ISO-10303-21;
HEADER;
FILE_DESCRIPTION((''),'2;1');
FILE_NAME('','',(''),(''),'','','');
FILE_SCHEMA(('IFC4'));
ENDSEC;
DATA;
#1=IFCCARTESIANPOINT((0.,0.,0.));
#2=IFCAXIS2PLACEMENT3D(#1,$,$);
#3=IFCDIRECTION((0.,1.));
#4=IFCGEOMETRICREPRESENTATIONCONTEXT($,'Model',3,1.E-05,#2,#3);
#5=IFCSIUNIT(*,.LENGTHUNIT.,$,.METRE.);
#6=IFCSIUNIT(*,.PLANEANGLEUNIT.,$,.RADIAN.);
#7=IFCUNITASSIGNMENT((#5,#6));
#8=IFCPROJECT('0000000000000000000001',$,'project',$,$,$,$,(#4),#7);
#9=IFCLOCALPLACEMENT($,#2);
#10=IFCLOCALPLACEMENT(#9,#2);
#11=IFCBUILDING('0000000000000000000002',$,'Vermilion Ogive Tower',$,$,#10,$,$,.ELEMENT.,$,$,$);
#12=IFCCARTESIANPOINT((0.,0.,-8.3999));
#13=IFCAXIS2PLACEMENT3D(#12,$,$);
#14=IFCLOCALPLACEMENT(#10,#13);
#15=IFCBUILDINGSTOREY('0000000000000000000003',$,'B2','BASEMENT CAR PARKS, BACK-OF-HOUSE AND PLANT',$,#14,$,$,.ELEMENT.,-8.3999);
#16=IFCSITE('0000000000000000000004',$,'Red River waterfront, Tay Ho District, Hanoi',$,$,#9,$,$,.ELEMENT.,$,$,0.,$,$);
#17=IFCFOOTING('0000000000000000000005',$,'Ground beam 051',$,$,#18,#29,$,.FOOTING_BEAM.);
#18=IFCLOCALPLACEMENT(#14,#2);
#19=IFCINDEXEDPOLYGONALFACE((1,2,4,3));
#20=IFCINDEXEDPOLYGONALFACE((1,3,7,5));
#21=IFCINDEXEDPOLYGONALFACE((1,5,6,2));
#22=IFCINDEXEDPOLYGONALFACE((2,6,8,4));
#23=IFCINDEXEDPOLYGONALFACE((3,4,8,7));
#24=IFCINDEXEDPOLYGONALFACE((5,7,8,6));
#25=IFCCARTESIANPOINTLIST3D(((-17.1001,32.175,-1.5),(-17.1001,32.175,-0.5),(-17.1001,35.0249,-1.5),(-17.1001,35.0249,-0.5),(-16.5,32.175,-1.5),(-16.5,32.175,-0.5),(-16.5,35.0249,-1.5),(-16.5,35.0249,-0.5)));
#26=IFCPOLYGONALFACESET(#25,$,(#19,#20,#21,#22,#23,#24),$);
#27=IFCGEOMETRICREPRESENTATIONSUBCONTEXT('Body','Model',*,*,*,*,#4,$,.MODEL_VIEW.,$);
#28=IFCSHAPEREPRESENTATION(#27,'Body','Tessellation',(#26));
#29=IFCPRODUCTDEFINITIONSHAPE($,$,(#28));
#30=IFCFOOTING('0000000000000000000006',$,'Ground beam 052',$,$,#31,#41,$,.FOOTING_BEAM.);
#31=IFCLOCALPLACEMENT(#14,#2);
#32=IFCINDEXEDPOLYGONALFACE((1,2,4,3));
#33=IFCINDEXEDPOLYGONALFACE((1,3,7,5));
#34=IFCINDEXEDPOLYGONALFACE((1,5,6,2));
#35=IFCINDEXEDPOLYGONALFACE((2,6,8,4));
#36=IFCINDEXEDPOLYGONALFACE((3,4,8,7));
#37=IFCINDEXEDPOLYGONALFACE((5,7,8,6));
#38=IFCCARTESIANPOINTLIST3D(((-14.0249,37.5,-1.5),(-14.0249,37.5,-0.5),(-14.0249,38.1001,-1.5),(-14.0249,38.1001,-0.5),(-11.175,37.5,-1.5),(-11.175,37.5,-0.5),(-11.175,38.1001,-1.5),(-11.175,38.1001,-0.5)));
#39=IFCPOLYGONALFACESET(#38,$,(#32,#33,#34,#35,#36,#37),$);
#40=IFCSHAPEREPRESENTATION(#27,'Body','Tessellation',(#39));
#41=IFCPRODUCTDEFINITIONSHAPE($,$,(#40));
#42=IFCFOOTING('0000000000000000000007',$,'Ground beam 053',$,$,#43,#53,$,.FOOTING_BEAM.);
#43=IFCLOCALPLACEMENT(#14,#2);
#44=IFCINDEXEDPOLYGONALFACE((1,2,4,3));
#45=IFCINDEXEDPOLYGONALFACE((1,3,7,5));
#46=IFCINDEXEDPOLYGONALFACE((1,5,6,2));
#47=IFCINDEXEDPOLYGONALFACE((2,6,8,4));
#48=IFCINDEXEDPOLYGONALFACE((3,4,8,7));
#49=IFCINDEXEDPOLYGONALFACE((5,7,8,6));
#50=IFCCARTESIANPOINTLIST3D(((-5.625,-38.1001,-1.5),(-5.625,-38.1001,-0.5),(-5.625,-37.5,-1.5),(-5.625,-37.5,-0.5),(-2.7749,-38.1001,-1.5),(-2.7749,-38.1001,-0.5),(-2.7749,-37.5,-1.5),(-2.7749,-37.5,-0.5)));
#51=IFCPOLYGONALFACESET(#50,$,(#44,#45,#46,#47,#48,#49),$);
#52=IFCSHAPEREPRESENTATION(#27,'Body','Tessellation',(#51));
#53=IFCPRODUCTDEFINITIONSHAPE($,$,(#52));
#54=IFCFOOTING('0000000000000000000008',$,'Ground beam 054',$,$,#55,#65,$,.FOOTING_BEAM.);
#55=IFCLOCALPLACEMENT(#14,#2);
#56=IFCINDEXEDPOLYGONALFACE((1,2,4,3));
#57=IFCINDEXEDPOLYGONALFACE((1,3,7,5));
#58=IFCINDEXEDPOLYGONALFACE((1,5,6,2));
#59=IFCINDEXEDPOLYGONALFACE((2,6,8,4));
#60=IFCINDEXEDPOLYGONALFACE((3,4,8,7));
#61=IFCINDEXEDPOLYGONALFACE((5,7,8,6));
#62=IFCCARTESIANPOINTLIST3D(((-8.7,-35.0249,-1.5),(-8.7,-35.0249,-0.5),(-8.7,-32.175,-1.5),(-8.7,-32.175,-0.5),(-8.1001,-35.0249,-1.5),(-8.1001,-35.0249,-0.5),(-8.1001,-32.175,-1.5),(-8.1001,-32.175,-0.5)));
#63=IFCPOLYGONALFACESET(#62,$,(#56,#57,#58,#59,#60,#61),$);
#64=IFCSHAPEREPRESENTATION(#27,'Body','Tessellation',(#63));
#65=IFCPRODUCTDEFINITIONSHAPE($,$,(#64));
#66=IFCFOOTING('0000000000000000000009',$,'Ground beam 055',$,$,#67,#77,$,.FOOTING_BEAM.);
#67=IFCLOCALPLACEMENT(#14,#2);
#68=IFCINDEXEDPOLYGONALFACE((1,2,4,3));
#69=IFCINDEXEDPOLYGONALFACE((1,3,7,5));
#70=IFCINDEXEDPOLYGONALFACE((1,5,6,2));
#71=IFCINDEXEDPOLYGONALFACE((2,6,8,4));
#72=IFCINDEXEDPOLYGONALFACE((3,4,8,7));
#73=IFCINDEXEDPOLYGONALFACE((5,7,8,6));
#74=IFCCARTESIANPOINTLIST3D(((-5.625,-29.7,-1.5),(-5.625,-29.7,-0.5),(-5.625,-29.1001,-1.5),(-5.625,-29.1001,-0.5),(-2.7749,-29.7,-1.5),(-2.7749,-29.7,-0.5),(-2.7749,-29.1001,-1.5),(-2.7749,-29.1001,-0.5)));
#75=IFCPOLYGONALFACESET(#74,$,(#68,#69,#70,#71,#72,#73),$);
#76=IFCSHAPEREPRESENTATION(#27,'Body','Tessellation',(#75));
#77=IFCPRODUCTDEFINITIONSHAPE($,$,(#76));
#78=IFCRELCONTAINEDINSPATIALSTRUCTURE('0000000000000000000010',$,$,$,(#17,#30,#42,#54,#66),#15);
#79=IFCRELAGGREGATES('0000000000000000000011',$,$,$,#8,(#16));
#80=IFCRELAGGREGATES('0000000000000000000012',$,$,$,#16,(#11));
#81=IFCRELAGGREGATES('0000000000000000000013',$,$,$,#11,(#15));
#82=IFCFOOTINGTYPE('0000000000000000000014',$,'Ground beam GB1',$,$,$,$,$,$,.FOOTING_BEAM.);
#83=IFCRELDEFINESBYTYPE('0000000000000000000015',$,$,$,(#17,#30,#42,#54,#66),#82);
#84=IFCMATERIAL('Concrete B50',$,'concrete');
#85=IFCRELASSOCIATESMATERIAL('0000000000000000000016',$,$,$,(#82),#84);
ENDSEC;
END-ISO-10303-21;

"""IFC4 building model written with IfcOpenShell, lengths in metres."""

from ifc_helpers import new_model, si_unit, direction, frame, origin, place, context, subcontext, project, spatial, polyline, outline, extrude, material, type_object, element, save


model = new_model("IFC4")

# Units and contexts
model_context = context("Model", 3, precision=1e-05, world=origin(), true_north=direction((0.0, 1.0)))
body_context = subcontext(model_context, "Body", "Model", "MODEL_VIEW")
ifc_project = project(units=[si_unit("LENGTHUNIT", "METRE"), si_unit("PLANEANGLEUNIT", "RADIAN")], contexts=[model_context])

# Site, building, storey
site_placement = place(None, origin())
site = spatial("IfcSite", under=ifc_project, at=site_placement, Name="Red River waterfront, Tay Ho District, Hanoi", CompositionType="ELEMENT", RefElevation=0.0)
building_placement = place(site_placement, origin())
building = spatial("IfcBuilding", under=site, at=building_placement, Name="Vermilion Ogive Tower", CompositionType="ELEMENT")
storey_placement = place(building_placement, frame((0.0, 0.0, -8.3999)))
storey = spatial("IfcBuildingStorey", under=building, at=storey_placement, Name="B2", Description="BASEMENT CAR PARKS, BACK-OF-HOUSE AND PLANT", CompositionType="ELEMENT", Elevation=-8.3999)

# Footings
ifc_material = material(Name="Concrete B50", Category="concrete")
footing_type = type_object("IfcFootingType", Name="Ground beam GB1", PredefinedType="FOOTING_BEAM", material=ifc_material)
footing_1_placement = place(storey_placement, frame((0.0, 0.0, -1.5)))
element("IfcFooting", 1, at=footing_1_placement, inside=storey, type_object=footing_type, Name="Ground beam 051", PredefinedType="FOOTING_BEAM", context=body_context, shape_type="SweptSolid", body=[
    extrude(outline(polyline([(-16.5, 32.175), (-16.5, 35.0249), (-17.1001, 35.0249), (-17.1001, 32.175), (-16.5, 32.175)])), origin(), (0.0, 0.0, 1.0), 1.0),
])
footing_2_placement = place(storey_placement, frame((0.0, 0.0, -1.5)))
element("IfcFooting", 2, at=footing_2_placement, inside=storey, type_object=footing_type, Name="Ground beam 052", PredefinedType="FOOTING_BEAM", context=body_context, shape_type="SweptSolid", body=[
    extrude(outline(polyline([(-11.175, 37.5), (-11.175, 38.1001), (-14.0249, 38.1001), (-14.0249, 37.5), (-11.175, 37.5)])), origin(), (0.0, 0.0, 1.0), 1.0),
])
footing_3_placement = place(storey_placement, frame((0.0, 0.0, -1.5)))
element("IfcFooting", 3, at=footing_3_placement, inside=storey, type_object=footing_type, Name="Ground beam 053", PredefinedType="FOOTING_BEAM", context=body_context, shape_type="SweptSolid", body=[
    extrude(outline(polyline([(-2.7749, -38.1001), (-2.7749, -37.5), (-5.625, -37.5), (-5.625, -38.1001), (-2.7749, -38.1001)])), origin(), (0.0, 0.0, 1.0), 1.0),
])
footing_4_placement = place(storey_placement, frame((0.0, 0.0, -1.5)))
element("IfcFooting", 4, at=footing_4_placement, inside=storey, type_object=footing_type, Name="Ground beam 054", PredefinedType="FOOTING_BEAM", context=body_context, shape_type="SweptSolid", body=[
    extrude(outline(polyline([(-8.1001, -35.0249), (-8.1001, -32.175), (-8.7, -32.175), (-8.7, -35.0249), (-8.1001, -35.0249)])), origin(), (0.0, 0.0, 1.0), 1.0),
])
footing_5_placement = place(storey_placement, frame((0.0, 0.0, -1.5)))
element("IfcFooting", 5, at=footing_5_placement, inside=storey, type_object=footing_type, Name="Ground beam 055", PredefinedType="FOOTING_BEAM", context=body_context, shape_type="SweptSolid", body=[
    extrude(outline(polyline([(-2.7749, -29.7), (-2.7749, -29.1001), (-5.625, -29.1001), (-5.625, -29.7), (-2.7749, -29.7)])), origin(), (0.0, 0.0, 1.0), 1.0),
])

save(model, "model.ifc")
